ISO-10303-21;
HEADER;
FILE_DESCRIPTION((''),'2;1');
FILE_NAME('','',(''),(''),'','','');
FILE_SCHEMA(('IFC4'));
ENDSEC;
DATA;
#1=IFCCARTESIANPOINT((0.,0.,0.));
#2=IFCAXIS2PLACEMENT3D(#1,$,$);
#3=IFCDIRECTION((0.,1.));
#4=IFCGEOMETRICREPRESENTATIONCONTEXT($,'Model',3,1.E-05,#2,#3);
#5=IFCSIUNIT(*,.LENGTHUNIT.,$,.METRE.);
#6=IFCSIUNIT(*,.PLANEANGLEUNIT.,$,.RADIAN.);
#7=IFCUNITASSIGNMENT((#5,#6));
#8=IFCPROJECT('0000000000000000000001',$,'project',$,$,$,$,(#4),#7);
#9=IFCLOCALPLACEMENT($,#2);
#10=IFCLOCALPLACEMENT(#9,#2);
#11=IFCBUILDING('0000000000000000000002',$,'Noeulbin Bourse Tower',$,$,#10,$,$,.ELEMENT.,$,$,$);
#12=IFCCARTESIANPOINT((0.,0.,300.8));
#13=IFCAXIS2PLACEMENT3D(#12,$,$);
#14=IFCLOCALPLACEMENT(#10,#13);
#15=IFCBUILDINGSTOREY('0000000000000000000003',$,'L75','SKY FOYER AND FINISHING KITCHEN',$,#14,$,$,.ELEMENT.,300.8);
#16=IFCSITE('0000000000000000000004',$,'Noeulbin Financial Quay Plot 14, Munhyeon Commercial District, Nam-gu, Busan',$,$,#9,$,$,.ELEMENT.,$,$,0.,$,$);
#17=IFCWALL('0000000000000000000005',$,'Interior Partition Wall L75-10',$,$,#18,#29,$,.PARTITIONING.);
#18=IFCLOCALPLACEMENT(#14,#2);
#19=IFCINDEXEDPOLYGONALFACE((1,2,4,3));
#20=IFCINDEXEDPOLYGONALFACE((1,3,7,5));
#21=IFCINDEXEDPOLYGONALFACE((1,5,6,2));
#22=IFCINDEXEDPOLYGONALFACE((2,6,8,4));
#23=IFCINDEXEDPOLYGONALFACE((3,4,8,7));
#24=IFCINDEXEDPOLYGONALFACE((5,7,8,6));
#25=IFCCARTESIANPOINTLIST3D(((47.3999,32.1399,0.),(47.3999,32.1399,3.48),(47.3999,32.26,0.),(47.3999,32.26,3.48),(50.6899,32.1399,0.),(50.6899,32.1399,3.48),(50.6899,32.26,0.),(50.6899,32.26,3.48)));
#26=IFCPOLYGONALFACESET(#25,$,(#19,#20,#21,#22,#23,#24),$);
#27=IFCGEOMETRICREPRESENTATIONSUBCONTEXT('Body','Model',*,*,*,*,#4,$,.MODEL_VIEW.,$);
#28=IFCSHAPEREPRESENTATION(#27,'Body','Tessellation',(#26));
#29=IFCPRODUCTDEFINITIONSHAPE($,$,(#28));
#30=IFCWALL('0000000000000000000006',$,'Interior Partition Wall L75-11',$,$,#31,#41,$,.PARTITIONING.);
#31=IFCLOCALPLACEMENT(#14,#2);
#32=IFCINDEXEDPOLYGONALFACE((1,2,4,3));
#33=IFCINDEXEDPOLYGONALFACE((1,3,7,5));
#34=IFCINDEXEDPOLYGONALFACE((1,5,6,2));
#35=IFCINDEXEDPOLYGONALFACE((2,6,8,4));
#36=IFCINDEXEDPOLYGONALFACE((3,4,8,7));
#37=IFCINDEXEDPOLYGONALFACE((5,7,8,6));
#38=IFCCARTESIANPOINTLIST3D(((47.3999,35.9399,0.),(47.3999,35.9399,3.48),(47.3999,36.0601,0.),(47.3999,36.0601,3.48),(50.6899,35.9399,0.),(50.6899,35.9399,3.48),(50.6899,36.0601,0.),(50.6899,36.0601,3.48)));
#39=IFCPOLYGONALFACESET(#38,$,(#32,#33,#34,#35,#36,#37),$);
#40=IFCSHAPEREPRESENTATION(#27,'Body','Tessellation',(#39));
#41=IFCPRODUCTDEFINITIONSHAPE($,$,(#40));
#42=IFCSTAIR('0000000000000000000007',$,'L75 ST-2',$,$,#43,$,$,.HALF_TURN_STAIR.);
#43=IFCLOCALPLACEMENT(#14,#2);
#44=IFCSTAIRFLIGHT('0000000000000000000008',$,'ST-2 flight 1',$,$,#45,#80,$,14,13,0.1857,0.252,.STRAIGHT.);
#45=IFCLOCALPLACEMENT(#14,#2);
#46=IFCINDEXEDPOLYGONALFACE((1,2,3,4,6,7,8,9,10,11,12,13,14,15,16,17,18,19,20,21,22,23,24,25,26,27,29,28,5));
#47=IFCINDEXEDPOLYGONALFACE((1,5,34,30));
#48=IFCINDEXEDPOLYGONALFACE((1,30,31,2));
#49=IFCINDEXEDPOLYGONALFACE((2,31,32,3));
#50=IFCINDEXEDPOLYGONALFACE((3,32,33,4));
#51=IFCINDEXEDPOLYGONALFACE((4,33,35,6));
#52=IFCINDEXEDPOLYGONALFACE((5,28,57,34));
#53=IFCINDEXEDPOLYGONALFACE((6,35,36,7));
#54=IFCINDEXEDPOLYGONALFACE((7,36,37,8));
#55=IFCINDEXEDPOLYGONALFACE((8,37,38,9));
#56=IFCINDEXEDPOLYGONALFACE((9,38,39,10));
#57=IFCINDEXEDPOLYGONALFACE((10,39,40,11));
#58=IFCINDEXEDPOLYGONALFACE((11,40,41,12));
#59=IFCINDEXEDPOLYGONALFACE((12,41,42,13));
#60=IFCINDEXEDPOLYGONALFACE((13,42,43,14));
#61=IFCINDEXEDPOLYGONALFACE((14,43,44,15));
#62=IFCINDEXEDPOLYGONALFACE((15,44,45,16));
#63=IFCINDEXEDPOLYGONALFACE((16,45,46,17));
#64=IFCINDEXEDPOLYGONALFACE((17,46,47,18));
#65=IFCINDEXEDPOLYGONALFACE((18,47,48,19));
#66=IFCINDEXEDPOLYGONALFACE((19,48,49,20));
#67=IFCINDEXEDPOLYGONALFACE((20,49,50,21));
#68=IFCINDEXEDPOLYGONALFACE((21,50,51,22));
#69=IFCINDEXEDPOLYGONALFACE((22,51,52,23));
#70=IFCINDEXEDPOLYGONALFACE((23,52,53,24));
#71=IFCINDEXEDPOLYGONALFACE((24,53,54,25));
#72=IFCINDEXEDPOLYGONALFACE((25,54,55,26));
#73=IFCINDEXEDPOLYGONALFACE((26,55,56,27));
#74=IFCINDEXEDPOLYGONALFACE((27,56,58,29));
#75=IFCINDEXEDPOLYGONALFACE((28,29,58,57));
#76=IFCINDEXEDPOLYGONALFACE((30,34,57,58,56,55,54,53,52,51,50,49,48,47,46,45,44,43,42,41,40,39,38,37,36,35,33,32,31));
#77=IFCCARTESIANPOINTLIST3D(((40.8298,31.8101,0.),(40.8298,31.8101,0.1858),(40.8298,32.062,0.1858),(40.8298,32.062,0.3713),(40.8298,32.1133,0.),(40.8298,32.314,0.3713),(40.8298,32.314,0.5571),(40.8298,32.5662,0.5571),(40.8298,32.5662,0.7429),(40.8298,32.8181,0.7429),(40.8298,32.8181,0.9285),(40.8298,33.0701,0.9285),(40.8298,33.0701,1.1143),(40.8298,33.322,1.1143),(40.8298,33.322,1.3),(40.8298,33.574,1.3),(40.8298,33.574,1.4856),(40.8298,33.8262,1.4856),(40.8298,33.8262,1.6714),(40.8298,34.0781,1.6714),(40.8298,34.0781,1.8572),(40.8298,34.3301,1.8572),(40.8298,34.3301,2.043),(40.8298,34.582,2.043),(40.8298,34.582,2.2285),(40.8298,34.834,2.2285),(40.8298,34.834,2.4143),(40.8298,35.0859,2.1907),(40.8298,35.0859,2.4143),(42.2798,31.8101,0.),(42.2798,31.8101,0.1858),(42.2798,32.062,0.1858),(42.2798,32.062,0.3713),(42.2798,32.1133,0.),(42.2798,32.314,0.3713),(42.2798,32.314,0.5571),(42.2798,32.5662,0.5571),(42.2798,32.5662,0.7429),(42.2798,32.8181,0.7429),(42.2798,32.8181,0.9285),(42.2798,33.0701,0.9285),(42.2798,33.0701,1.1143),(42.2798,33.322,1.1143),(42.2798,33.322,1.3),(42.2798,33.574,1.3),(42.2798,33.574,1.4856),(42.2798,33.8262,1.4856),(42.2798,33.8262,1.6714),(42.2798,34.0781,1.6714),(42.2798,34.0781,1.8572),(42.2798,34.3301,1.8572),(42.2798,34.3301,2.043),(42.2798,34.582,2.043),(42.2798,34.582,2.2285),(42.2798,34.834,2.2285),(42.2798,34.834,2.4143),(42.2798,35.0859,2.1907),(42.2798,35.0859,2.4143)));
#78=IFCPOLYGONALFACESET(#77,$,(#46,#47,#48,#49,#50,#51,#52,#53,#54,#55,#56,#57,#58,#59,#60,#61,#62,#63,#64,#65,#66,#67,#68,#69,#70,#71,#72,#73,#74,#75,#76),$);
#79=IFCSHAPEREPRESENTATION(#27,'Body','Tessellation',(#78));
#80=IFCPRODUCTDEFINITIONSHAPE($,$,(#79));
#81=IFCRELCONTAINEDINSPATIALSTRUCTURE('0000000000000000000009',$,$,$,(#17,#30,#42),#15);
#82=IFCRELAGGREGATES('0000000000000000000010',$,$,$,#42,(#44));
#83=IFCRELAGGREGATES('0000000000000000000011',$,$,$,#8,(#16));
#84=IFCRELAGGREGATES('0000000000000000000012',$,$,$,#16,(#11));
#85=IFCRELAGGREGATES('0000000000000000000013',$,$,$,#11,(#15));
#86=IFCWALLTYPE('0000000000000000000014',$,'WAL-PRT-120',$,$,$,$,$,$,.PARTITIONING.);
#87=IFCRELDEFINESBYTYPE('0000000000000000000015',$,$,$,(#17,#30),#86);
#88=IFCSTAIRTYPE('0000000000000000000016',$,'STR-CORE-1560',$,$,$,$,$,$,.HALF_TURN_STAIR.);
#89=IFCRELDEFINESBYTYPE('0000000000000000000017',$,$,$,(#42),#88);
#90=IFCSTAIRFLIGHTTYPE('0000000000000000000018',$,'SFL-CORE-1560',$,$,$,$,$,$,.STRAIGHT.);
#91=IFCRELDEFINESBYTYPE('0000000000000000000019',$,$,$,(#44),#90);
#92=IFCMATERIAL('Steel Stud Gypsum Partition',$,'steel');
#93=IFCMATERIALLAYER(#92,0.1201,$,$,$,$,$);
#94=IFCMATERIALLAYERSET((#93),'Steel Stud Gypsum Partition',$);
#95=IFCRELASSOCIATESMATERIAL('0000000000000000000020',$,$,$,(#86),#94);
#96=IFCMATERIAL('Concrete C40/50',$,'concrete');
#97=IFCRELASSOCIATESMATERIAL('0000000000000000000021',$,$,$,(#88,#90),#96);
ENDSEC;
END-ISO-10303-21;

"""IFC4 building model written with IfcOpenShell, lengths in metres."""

from ifc_helpers import new_model, si_unit, direction, frame, frame_2d, origin, place, context, subcontext, project, spatial, polyline, rectangle, outline, extrude, material, layer, layer_set, type_object, element, aggregate, save


model = new_model("IFC4")

# Units and contexts
model_context = context("Model", 3, precision=1e-05, world=origin(), true_north=direction((0.0, 1.0)))
body_context = subcontext(model_context, "Body", "Model", "MODEL_VIEW")
ifc_project = project(units=[si_unit("LENGTHUNIT", "METRE"), si_unit("PLANEANGLEUNIT", "RADIAN")], contexts=[model_context])

# Site, building, storey
site_placement = place(None, origin())
site = spatial("IfcSite", under=ifc_project, at=site_placement, Name="Noeulbin Financial Quay Plot 14, Munhyeon Commercial District, Nam-gu, Busan", CompositionType="ELEMENT", RefElevation=0.0)
building_placement = place(site_placement, origin())
building = spatial("IfcBuilding", under=site, at=building_placement, Name="Noeulbin Bourse Tower", CompositionType="ELEMENT")
storey_placement = place(building_placement, frame((0.0, 0.0, 300.8)))
storey = spatial("IfcBuildingStorey", under=building, at=storey_placement, Name="L75", Description="SKY FOYER AND FINISHING KITCHEN", CompositionType="ELEMENT", Elevation=300.8)

# Walls
ifc_material_1 = material(Name="Concrete C40/50", Category="concrete")
ifc_material_2 = material(Name="Steel Stud Gypsum Partition", Category="steel")
ifc_layer_1 = layer(ifc_material_2, 0.1201)
ifc_layer_set_1 = layer_set([ifc_layer_1], Name="Steel Stud Gypsum Partition")
wall_type_1 = type_object("IfcWallType", Name="WAL-PRT-120", PredefinedType="PARTITIONING", material=ifc_layer_set_1)
for number, where, z_axis, x_axis, name in (
    (1, (47.3999, 32.2, 0.0), (0.0, 0.0, 1.0), (1.0, 0.0, 0.0), "Interior Partition Wall L75-10"),
    (2, (47.3999, 36.0, 0.0), (0.0, 0.0, 1.0), (1.0, 0.0, 0.0), "Interior Partition Wall L75-11"),
):
    element("IfcWall", number, at=place(storey_placement, frame(where, z_axis=z_axis, x_axis=x_axis)), inside=storey, type_object=wall_type_1, Name=name, PredefinedType="PARTITIONING", context=body_context, shape_type="SweptSolid", body=[
        extrude(rectangle(XDim=3.29, YDim=0.1201, at=frame_2d((1.645, 0.0))), origin(), (0.0, 0.0, 1.0), 3.48),
    ])

# Stair, stair flight
stair_type = type_object("IfcStairType", Name="STR-CORE-1560", PredefinedType="HALF_TURN_STAIR", material=ifc_material_1)
stair_placement = place(storey_placement, origin())
stair = element("IfcStair", 3, at=stair_placement, inside=storey, type_object=stair_type, Name="L75 ST-2", PredefinedType="HALF_TURN_STAIR")
stair_flight_type = type_object("IfcStairFlightType", Name="SFL-CORE-1560", PredefinedType="STRAIGHT", material=ifc_material_1)
stair_flight_placement = place(storey_placement, frame((41.5549, 31.8101, 0.0), z_axis=(0.0, 0.0, 1.0), x_axis=(0.0, 1.0, 0.0)))
stair_flight = element("IfcStairFlight", 4, at=stair_flight_placement, type_object=stair_flight_type, Name="ST-2 flight 1", NumberOfRisers=14, NumberOfTreads=13, PredefinedType="STRAIGHT", RiserHeight=0.1857, TreadLength=0.252, context=body_context, shape_type="SweptSolid", body=[
    extrude(outline(polyline([(0.0, 0.0), (0.0, 0.1858), (0.252, 0.1858), (0.252, 0.3713), (0.5039, 0.3713), (0.5039, 0.5571), (0.7561, 0.5571), (0.7561, 0.7429), (1.0081, 0.7429), (1.0081, 0.9285), (1.26, 0.9285), (1.26, 1.1143), (1.512, 1.1143), (1.512, 1.3), (1.7639, 1.3), (1.7639, 1.4856), (2.0161, 1.4856), (2.0161, 1.6714), (2.2681, 1.6714), (2.2681, 1.8572), (2.52, 1.8572), (2.52, 2.043), (2.772, 2.043), (2.772, 2.2285), (3.0239, 2.2285), (3.0239, 2.4143), (3.2759, 2.4143), (3.2759, 2.6001), (3.2759, 2.1907), (0.3032, 0.0), (0.0, 0.0)])), frame((0.0, 0.7251, 0.0), z_axis=(0.0, -1.0, 0.0), x_axis=(1.0, 0.0, 0.0)), (0.0, 0.0, 1.0), 1.45),
])
aggregate(stair, [stair_flight])

save(model, "model.ifc")
